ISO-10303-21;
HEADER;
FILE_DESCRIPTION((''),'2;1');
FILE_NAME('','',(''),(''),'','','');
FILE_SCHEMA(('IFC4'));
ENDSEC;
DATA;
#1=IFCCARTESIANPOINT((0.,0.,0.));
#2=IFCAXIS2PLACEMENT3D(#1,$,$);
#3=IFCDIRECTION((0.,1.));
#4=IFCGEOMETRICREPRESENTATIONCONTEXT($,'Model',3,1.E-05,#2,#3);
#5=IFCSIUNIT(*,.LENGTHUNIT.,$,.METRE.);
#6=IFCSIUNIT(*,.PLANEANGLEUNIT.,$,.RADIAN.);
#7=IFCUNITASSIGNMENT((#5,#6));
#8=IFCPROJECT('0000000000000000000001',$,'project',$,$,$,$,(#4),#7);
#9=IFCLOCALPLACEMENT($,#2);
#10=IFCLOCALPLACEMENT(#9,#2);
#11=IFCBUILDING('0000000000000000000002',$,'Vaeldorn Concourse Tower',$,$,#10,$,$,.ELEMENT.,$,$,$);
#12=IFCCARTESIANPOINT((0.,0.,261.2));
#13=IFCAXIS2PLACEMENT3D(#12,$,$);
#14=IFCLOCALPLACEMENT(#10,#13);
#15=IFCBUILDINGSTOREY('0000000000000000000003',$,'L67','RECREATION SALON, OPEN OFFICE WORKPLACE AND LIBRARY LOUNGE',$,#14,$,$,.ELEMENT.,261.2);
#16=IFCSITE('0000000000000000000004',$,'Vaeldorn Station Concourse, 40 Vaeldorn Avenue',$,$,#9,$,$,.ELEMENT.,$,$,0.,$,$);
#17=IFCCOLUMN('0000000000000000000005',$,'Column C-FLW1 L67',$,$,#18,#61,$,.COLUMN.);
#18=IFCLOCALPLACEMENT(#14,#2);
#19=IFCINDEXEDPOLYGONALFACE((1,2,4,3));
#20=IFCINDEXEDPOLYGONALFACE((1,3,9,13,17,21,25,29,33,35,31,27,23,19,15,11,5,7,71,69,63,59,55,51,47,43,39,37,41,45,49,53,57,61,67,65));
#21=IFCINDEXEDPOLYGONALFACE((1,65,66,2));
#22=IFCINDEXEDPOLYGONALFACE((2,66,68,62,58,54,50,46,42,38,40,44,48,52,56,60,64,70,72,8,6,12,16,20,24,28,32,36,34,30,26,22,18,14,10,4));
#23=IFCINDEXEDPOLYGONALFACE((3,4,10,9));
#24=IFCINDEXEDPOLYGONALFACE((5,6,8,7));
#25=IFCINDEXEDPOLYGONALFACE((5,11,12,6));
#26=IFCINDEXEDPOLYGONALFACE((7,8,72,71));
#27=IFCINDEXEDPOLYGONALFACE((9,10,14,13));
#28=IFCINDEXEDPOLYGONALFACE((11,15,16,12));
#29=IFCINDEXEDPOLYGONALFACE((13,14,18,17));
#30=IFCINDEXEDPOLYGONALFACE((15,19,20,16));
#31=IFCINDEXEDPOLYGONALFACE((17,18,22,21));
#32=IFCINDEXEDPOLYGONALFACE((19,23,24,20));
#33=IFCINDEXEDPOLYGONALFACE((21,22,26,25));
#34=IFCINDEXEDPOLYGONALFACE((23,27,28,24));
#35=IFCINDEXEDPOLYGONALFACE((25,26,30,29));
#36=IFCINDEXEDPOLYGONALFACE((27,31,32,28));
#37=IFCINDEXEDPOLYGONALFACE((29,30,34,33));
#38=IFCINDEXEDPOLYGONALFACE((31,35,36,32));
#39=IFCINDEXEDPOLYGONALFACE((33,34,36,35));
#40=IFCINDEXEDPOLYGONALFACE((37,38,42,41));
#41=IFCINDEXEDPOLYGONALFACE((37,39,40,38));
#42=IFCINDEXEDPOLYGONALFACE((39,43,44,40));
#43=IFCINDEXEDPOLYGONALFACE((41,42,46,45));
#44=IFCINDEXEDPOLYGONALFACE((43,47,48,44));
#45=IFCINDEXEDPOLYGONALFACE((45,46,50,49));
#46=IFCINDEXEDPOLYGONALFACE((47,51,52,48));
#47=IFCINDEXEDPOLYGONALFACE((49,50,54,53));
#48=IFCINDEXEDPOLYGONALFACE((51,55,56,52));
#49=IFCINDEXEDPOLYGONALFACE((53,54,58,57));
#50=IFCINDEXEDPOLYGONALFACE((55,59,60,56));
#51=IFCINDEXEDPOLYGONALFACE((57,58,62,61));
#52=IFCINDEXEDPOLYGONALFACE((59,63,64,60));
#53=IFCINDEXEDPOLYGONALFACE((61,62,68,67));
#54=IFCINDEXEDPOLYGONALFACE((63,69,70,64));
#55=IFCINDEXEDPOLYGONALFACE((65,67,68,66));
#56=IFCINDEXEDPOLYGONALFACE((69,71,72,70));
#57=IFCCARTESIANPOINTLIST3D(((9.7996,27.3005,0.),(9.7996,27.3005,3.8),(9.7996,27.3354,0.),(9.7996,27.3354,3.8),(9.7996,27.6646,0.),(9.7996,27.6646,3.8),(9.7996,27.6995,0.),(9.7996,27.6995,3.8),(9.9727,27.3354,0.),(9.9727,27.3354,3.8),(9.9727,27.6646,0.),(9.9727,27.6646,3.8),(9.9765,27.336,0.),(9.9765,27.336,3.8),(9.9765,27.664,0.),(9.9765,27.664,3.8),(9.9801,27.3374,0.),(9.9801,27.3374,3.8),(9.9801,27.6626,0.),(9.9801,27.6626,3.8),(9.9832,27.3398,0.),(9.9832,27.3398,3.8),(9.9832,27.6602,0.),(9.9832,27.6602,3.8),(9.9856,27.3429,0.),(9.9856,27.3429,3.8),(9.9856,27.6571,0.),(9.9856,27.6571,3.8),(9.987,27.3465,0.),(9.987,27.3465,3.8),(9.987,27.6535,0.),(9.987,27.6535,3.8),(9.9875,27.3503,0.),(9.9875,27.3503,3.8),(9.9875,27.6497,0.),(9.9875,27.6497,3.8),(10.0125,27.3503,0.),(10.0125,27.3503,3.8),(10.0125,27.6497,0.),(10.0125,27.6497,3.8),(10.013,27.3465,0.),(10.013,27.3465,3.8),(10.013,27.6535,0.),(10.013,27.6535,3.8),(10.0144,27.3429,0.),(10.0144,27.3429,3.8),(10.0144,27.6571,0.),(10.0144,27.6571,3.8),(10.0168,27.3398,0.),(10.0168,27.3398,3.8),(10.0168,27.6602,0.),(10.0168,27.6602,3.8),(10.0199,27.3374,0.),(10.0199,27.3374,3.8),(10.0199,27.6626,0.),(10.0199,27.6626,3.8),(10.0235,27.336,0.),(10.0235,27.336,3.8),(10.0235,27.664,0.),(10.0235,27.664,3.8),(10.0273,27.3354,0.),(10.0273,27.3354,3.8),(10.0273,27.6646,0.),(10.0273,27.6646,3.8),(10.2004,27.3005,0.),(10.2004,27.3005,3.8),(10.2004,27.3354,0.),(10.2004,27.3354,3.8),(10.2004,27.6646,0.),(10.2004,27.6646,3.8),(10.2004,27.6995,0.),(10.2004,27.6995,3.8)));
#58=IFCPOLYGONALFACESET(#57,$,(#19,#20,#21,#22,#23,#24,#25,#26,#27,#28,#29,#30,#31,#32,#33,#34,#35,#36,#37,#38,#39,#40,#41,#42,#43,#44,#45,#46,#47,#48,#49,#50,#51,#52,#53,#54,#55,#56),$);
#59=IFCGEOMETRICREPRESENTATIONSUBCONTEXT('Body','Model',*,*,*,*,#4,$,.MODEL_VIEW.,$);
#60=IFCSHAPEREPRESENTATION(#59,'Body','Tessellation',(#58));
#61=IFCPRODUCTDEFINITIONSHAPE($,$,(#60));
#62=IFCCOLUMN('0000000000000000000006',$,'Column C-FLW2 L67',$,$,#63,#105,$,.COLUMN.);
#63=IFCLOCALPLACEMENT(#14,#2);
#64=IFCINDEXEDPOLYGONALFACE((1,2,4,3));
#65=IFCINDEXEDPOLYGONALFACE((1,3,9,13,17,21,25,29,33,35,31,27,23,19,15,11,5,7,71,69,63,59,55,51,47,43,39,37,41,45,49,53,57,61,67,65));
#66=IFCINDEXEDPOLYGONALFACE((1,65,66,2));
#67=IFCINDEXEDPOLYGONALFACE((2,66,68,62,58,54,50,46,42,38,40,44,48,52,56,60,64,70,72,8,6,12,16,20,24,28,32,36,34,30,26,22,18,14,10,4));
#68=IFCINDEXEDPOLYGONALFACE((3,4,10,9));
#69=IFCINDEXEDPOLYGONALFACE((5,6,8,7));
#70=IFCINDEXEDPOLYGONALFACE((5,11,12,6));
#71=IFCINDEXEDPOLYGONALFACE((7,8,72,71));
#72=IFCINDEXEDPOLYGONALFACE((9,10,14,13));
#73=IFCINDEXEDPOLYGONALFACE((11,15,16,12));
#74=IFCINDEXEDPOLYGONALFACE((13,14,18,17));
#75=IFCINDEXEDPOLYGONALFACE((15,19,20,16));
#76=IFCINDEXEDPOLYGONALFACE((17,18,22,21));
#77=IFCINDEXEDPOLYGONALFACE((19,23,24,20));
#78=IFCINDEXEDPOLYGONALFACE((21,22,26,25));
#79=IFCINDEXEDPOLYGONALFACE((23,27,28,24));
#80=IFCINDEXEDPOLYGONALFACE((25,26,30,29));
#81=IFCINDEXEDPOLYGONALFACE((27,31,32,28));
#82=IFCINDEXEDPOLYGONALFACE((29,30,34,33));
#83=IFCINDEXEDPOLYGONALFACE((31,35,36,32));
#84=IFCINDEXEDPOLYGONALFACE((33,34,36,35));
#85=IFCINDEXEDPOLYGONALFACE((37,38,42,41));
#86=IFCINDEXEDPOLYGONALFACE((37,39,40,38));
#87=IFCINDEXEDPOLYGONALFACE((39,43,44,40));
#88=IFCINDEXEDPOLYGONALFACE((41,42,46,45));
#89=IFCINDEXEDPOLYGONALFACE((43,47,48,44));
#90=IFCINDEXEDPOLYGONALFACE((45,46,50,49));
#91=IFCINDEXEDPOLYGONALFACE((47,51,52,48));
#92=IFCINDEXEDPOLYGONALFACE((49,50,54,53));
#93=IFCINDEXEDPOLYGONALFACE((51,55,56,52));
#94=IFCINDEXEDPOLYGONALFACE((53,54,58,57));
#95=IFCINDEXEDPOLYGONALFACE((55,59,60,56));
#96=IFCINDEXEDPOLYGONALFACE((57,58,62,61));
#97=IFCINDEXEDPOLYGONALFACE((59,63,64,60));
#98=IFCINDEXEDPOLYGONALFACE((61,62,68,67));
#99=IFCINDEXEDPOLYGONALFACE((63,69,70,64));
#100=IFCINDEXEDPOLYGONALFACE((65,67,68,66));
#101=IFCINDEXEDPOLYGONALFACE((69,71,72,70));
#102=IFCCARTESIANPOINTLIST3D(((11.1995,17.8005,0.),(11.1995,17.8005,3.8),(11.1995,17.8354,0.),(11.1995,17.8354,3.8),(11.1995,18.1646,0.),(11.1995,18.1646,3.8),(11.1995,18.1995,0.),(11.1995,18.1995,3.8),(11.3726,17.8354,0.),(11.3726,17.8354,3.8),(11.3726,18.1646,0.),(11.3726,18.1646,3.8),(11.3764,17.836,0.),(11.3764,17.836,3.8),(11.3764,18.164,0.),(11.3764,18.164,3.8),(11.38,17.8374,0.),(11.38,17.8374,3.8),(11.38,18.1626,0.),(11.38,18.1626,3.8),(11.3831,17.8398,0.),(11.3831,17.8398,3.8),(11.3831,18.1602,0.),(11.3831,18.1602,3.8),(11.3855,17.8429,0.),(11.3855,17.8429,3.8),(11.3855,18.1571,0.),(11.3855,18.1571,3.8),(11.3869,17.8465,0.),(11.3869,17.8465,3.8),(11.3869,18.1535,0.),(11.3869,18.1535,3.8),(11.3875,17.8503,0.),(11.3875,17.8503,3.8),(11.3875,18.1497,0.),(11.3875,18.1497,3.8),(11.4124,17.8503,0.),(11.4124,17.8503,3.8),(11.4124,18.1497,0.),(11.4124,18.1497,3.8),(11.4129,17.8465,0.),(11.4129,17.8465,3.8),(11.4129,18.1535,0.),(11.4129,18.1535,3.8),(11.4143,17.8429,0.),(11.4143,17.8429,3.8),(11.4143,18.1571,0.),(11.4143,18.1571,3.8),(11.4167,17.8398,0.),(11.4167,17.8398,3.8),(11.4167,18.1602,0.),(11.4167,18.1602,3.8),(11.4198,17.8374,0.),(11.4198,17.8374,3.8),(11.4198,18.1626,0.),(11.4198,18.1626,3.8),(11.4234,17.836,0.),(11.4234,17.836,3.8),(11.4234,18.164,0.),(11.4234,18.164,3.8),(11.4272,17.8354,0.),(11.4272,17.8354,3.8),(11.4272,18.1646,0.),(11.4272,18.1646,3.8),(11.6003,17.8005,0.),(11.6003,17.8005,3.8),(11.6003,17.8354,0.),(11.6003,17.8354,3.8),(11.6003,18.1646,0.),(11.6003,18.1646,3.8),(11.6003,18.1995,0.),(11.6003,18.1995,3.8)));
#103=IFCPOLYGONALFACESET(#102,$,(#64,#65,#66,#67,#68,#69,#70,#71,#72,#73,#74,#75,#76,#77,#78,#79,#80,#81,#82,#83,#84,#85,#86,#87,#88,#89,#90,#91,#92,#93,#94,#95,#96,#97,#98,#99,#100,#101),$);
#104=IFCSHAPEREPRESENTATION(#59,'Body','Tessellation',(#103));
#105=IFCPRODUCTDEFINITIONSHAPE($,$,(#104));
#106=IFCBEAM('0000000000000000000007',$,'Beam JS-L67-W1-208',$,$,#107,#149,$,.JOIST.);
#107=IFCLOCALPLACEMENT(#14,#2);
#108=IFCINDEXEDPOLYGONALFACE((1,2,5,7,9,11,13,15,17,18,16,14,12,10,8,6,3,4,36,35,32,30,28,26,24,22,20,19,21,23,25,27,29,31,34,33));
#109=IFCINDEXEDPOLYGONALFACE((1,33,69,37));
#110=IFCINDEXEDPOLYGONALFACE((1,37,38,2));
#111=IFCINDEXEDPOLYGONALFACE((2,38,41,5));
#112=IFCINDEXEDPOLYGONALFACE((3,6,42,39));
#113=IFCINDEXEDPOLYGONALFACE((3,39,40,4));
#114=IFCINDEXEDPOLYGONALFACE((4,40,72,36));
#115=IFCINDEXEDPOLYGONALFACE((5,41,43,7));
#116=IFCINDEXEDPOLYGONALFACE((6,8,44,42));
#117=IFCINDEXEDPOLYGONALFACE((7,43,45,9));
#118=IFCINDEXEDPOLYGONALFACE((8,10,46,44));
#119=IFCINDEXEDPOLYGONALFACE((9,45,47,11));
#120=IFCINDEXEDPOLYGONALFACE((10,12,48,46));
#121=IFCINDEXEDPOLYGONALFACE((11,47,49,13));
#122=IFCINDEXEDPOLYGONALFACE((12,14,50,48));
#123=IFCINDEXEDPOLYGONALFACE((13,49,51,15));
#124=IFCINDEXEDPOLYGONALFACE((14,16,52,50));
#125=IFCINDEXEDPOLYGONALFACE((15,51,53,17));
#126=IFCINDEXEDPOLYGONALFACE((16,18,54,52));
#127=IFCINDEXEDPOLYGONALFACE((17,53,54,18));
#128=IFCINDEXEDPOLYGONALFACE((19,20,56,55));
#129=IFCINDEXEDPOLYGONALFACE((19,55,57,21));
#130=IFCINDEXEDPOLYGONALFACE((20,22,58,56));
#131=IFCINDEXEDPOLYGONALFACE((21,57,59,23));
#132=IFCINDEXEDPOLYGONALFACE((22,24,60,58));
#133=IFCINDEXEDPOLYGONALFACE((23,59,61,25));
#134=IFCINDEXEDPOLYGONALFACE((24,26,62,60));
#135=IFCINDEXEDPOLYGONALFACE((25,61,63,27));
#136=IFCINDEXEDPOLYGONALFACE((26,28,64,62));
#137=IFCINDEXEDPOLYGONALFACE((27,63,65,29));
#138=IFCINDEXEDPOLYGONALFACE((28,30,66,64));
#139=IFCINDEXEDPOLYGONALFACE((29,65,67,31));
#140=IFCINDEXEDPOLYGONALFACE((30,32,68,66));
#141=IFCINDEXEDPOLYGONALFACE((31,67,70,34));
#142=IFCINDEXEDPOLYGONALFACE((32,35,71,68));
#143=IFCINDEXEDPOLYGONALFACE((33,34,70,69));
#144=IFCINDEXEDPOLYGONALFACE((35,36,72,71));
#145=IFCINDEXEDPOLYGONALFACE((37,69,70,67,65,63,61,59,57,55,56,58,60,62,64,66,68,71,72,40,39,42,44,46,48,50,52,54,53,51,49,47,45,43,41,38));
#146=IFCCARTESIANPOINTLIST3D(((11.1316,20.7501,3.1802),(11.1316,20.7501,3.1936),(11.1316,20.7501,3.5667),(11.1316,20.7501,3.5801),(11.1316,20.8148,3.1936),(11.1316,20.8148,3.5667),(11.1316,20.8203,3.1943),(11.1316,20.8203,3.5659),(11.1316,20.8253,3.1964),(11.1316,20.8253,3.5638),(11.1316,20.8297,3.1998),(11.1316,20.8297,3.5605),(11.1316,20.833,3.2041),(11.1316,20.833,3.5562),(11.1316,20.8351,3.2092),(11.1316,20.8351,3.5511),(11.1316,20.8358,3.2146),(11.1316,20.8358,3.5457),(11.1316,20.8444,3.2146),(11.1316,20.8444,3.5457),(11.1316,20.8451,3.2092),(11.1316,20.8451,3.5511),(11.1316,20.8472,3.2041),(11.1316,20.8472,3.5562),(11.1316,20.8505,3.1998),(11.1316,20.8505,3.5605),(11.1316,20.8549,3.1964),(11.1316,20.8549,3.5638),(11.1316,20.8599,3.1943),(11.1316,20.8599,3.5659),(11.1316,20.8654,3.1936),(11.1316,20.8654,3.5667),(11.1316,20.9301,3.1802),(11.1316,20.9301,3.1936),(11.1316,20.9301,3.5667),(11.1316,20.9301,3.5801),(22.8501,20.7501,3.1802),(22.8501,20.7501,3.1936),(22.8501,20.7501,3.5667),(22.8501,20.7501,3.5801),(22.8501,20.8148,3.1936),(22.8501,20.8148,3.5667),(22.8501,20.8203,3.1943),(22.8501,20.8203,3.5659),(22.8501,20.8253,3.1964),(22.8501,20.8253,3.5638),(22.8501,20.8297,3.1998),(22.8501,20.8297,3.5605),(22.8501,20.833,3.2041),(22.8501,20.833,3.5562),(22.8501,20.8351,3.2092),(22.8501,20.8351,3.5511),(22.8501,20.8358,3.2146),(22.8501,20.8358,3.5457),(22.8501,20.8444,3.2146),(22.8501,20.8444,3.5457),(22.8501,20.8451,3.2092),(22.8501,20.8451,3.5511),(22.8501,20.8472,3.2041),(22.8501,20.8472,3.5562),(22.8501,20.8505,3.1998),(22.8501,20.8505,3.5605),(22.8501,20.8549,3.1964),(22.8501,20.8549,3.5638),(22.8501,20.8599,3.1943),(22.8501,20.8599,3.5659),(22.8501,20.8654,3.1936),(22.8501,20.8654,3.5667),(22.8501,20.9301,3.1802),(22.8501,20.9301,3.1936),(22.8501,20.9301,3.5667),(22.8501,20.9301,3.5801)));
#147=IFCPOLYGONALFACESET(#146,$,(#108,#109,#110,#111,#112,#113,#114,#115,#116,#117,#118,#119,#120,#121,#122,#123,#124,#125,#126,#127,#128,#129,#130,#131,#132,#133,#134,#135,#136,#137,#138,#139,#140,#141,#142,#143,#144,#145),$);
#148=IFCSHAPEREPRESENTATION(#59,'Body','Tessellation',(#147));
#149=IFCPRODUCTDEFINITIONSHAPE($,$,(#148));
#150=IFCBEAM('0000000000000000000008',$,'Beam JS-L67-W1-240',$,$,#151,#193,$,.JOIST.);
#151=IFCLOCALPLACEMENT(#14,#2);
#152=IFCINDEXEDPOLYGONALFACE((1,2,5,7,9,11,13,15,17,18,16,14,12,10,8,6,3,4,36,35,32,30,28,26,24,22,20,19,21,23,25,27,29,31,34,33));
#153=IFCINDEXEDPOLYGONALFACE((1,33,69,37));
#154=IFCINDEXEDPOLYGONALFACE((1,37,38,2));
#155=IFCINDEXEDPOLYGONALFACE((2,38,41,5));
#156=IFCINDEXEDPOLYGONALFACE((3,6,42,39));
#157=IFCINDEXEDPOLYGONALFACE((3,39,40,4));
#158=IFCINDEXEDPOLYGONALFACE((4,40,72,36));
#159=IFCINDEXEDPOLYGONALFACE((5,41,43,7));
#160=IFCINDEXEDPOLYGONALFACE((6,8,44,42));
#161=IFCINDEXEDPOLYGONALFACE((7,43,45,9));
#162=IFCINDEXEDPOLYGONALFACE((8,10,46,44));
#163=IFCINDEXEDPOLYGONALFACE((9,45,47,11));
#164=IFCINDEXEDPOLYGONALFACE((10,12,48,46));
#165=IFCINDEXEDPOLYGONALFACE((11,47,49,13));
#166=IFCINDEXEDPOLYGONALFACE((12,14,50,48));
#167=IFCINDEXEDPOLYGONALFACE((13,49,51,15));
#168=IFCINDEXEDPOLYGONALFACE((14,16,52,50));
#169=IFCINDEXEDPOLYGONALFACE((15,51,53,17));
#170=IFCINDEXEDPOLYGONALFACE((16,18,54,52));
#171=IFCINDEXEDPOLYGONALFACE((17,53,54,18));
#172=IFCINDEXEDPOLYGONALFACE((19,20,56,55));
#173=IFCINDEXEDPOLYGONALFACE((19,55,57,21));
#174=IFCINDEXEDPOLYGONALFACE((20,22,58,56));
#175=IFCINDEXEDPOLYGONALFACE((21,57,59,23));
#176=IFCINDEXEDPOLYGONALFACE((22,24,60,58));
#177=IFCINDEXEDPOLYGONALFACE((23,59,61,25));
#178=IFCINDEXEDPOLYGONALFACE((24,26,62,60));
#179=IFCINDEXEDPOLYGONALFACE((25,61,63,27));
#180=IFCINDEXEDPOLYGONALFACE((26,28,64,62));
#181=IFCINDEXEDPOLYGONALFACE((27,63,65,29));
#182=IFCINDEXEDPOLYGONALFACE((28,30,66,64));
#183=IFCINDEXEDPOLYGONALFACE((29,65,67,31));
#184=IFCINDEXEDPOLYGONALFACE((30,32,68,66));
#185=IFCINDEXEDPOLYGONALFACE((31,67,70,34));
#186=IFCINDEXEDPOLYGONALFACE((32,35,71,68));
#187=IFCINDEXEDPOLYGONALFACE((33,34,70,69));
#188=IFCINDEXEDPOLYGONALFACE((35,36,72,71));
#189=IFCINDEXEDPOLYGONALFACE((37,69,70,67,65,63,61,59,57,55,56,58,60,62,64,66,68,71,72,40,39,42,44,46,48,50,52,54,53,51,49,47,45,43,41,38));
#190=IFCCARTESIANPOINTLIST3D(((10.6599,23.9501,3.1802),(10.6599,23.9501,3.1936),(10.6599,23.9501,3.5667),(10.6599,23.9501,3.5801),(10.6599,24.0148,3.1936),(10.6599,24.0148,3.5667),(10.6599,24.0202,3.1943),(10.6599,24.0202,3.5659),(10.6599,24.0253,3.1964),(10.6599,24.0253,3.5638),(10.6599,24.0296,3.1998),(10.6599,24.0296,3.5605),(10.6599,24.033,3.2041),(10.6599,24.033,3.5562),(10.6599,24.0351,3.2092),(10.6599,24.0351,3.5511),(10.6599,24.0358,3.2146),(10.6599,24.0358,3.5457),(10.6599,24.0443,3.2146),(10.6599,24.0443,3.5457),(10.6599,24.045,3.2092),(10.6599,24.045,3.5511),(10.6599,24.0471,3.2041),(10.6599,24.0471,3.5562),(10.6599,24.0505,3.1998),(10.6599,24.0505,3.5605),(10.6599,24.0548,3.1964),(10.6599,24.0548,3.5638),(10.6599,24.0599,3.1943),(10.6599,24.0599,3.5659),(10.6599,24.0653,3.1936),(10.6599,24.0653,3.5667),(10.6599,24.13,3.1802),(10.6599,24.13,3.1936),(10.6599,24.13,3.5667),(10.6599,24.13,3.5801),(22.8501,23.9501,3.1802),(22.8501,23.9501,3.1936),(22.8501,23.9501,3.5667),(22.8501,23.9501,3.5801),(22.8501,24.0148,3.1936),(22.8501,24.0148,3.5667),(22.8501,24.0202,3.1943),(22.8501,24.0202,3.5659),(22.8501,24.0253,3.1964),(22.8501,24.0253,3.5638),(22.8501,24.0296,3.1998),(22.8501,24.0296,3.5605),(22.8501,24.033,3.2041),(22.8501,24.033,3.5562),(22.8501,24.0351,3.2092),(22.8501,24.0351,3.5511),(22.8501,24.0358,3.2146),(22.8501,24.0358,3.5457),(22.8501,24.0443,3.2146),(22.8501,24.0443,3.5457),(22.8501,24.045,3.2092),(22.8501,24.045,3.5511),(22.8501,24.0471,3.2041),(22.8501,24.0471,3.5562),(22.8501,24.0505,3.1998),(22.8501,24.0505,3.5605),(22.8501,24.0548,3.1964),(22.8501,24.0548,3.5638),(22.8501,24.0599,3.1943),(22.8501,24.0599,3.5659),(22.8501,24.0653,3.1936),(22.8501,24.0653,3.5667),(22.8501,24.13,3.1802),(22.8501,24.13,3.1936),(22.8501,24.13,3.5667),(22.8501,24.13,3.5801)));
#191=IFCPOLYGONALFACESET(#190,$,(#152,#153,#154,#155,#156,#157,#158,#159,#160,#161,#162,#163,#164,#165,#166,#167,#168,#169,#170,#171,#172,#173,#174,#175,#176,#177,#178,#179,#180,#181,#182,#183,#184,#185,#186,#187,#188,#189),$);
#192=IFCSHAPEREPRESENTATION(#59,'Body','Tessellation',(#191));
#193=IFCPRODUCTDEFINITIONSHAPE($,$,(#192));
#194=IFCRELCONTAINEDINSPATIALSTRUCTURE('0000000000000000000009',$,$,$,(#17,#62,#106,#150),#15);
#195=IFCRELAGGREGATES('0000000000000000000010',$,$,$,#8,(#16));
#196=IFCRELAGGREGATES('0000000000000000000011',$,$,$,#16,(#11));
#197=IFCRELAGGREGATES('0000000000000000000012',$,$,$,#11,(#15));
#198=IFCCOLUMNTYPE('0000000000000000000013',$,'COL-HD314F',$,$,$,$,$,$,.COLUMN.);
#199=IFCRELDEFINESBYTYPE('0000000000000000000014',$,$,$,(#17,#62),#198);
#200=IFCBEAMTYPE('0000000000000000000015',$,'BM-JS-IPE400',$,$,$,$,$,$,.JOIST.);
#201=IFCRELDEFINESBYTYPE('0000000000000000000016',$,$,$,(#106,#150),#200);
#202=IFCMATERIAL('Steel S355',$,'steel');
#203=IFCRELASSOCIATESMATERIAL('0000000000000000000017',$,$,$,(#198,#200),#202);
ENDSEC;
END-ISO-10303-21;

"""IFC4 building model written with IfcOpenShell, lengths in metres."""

from ifc_helpers import new_model, si_unit, direction, frame, origin, origin_2d, place, context, subcontext, project, spatial, i_section, extrude, source, transform, mapped, material, material_profile, profile_set, type_object, element, save


model = new_model("IFC4")

# Units and contexts
model_context = context("Model", 3, precision=1e-05, world=origin(), true_north=direction((0.0, 1.0)))
body_context = subcontext(model_context, "Body", "Model", "MODEL_VIEW")
ifc_project = project(units=[si_unit("LENGTHUNIT", "METRE"), si_unit("PLANEANGLEUNIT", "RADIAN")], contexts=[model_context])

# Site, building, storey
site_placement = place(None, origin())
site = spatial("IfcSite", under=ifc_project, at=site_placement, Name="Vaeldorn Station Concourse, 40 Vaeldorn Avenue", CompositionType="ELEMENT", RefElevation=0.0)
building_placement = place(site_placement, origin())
building = spatial("IfcBuilding", under=site, at=building_placement, Name="Vaeldorn Concourse Tower", CompositionType="ELEMENT")
storey_placement = place(building_placement, frame((0.0, 0.0, 261.2)))
storey = spatial("IfcBuildingStorey", under=building, at=storey_placement, Name="L67", Description="RECREATION SALON, OPEN OFFICE WORKPLACE AND LIBRARY LOUNGE", CompositionType="ELEMENT", Elevation=261.2)

# Columns
ifc_material_1 = material(Name="Steel S355", Category="steel")
ifc_material_profile_1 = material_profile(ifc_material_1, i_section(OverallWidth=0.4009, OverallDepth=0.3989, WebThickness=0.0249, FlangeThickness=0.0349, FilletRadius=0.0149, at=origin_2d()), Name="HD 400x314")
ifc_profile_set_1 = profile_set([ifc_material_profile_1], Name="Steel S355")
column_type = type_object("IfcColumnType", Name="COL-HD314F", PredefinedType="COLUMN", material=ifc_profile_set_1)
shared_shape_1 = source(origin(), body_context, "Body", "SweptSolid", [
    extrude(i_section(OverallWidth=0.4009, OverallDepth=0.3989, WebThickness=0.0249, FlangeThickness=0.0349, FilletRadius=0.0149, at=origin_2d()), origin(), (0.0, 0.0, 1.0), 3.8),
])
for number, where, z_axis, x_axis, name in (
    (1, (10.0, 27.5, 0.0), (0.0, 0.0, 1.0), (1.0, 0.0, 0.0), "Column C-FLW1 L67"),
    (2, (11.3999, 18.0, 0.0), (0.0, 0.0, 1.0), (1.0, 0.0, 0.0), "Column C-FLW2 L67"),
):
    element("IfcColumn", number, at=place(storey_placement, frame(where, z_axis=z_axis, x_axis=x_axis)), inside=storey, type_object=column_type, Name=name, PredefinedType="COLUMN", context=body_context, shape_type="MappedRepresentation", body=[
        mapped(shared_shape_1, transform((0.0, 0.0, 0.0), scale=1.0)),
    ])

# Beams
ifc_material_profile_2 = material_profile(ifc_material_1, i_section(OverallWidth=0.1799, OverallDepth=0.3999, WebThickness=0.0085, FlangeThickness=0.0134, FilletRadius=0.021, at=origin_2d()), Name="IPE 400")
ifc_profile_set_2 = profile_set([ifc_material_profile_2], Name="Steel S355")
beam_type_1 = type_object("IfcBeamType", Name="BM-JS-IPE400", PredefinedType="JOIST", material=ifc_profile_set_2)
shared_shape_2 = source(origin(), body_context, "Body", "SweptSolid", [
    extrude(i_section(OverallWidth=0.1799, OverallDepth=0.3999, WebThickness=0.0085, FlangeThickness=0.0134, FilletRadius=0.021, at=origin_2d()), origin(), (0.0, 0.0, 1.0), 11.7185),
])
beam_1_placement = place(storey_placement, frame((11.1316, 20.8401, 3.3801), z_axis=(1.0, 0.0, 0.0), x_axis=(0.0, 1.0, 0.0)))
element("IfcBeam", 3, at=beam_1_placement, inside=storey, type_object=beam_type_1, Name="Beam JS-L67-W1-208", PredefinedType="JOIST", context=body_context, shape_type="MappedRepresentation", body=[
    mapped(shared_shape_2, transform((0.0, 0.0, 0.0), scale=1.0)),
])
shared_shape_3 = source(origin(), body_context, "Body", "SweptSolid", [
    extrude(i_section(OverallWidth=0.1799, OverallDepth=0.3999, WebThickness=0.0085, FlangeThickness=0.0134, FilletRadius=0.021, at=origin_2d()), origin(), (0.0, 0.0, 1.0), 12.1902),
])
beam_2_placement = place(storey_placement, frame((10.6599, 24.04, 3.3801), z_axis=(1.0, 0.0, 0.0), x_axis=(0.0, 1.0, 0.0)))
element("IfcBeam", 4, at=beam_2_placement, inside=storey, type_object=beam_type_1, Name="Beam JS-L67-W1-240", PredefinedType="JOIST", context=body_context, shape_type="MappedRepresentation", body=[
    mapped(shared_shape_3, transform((0.0, 0.0, 0.0), scale=1.0)),
])

save(model, "model.ifc")
